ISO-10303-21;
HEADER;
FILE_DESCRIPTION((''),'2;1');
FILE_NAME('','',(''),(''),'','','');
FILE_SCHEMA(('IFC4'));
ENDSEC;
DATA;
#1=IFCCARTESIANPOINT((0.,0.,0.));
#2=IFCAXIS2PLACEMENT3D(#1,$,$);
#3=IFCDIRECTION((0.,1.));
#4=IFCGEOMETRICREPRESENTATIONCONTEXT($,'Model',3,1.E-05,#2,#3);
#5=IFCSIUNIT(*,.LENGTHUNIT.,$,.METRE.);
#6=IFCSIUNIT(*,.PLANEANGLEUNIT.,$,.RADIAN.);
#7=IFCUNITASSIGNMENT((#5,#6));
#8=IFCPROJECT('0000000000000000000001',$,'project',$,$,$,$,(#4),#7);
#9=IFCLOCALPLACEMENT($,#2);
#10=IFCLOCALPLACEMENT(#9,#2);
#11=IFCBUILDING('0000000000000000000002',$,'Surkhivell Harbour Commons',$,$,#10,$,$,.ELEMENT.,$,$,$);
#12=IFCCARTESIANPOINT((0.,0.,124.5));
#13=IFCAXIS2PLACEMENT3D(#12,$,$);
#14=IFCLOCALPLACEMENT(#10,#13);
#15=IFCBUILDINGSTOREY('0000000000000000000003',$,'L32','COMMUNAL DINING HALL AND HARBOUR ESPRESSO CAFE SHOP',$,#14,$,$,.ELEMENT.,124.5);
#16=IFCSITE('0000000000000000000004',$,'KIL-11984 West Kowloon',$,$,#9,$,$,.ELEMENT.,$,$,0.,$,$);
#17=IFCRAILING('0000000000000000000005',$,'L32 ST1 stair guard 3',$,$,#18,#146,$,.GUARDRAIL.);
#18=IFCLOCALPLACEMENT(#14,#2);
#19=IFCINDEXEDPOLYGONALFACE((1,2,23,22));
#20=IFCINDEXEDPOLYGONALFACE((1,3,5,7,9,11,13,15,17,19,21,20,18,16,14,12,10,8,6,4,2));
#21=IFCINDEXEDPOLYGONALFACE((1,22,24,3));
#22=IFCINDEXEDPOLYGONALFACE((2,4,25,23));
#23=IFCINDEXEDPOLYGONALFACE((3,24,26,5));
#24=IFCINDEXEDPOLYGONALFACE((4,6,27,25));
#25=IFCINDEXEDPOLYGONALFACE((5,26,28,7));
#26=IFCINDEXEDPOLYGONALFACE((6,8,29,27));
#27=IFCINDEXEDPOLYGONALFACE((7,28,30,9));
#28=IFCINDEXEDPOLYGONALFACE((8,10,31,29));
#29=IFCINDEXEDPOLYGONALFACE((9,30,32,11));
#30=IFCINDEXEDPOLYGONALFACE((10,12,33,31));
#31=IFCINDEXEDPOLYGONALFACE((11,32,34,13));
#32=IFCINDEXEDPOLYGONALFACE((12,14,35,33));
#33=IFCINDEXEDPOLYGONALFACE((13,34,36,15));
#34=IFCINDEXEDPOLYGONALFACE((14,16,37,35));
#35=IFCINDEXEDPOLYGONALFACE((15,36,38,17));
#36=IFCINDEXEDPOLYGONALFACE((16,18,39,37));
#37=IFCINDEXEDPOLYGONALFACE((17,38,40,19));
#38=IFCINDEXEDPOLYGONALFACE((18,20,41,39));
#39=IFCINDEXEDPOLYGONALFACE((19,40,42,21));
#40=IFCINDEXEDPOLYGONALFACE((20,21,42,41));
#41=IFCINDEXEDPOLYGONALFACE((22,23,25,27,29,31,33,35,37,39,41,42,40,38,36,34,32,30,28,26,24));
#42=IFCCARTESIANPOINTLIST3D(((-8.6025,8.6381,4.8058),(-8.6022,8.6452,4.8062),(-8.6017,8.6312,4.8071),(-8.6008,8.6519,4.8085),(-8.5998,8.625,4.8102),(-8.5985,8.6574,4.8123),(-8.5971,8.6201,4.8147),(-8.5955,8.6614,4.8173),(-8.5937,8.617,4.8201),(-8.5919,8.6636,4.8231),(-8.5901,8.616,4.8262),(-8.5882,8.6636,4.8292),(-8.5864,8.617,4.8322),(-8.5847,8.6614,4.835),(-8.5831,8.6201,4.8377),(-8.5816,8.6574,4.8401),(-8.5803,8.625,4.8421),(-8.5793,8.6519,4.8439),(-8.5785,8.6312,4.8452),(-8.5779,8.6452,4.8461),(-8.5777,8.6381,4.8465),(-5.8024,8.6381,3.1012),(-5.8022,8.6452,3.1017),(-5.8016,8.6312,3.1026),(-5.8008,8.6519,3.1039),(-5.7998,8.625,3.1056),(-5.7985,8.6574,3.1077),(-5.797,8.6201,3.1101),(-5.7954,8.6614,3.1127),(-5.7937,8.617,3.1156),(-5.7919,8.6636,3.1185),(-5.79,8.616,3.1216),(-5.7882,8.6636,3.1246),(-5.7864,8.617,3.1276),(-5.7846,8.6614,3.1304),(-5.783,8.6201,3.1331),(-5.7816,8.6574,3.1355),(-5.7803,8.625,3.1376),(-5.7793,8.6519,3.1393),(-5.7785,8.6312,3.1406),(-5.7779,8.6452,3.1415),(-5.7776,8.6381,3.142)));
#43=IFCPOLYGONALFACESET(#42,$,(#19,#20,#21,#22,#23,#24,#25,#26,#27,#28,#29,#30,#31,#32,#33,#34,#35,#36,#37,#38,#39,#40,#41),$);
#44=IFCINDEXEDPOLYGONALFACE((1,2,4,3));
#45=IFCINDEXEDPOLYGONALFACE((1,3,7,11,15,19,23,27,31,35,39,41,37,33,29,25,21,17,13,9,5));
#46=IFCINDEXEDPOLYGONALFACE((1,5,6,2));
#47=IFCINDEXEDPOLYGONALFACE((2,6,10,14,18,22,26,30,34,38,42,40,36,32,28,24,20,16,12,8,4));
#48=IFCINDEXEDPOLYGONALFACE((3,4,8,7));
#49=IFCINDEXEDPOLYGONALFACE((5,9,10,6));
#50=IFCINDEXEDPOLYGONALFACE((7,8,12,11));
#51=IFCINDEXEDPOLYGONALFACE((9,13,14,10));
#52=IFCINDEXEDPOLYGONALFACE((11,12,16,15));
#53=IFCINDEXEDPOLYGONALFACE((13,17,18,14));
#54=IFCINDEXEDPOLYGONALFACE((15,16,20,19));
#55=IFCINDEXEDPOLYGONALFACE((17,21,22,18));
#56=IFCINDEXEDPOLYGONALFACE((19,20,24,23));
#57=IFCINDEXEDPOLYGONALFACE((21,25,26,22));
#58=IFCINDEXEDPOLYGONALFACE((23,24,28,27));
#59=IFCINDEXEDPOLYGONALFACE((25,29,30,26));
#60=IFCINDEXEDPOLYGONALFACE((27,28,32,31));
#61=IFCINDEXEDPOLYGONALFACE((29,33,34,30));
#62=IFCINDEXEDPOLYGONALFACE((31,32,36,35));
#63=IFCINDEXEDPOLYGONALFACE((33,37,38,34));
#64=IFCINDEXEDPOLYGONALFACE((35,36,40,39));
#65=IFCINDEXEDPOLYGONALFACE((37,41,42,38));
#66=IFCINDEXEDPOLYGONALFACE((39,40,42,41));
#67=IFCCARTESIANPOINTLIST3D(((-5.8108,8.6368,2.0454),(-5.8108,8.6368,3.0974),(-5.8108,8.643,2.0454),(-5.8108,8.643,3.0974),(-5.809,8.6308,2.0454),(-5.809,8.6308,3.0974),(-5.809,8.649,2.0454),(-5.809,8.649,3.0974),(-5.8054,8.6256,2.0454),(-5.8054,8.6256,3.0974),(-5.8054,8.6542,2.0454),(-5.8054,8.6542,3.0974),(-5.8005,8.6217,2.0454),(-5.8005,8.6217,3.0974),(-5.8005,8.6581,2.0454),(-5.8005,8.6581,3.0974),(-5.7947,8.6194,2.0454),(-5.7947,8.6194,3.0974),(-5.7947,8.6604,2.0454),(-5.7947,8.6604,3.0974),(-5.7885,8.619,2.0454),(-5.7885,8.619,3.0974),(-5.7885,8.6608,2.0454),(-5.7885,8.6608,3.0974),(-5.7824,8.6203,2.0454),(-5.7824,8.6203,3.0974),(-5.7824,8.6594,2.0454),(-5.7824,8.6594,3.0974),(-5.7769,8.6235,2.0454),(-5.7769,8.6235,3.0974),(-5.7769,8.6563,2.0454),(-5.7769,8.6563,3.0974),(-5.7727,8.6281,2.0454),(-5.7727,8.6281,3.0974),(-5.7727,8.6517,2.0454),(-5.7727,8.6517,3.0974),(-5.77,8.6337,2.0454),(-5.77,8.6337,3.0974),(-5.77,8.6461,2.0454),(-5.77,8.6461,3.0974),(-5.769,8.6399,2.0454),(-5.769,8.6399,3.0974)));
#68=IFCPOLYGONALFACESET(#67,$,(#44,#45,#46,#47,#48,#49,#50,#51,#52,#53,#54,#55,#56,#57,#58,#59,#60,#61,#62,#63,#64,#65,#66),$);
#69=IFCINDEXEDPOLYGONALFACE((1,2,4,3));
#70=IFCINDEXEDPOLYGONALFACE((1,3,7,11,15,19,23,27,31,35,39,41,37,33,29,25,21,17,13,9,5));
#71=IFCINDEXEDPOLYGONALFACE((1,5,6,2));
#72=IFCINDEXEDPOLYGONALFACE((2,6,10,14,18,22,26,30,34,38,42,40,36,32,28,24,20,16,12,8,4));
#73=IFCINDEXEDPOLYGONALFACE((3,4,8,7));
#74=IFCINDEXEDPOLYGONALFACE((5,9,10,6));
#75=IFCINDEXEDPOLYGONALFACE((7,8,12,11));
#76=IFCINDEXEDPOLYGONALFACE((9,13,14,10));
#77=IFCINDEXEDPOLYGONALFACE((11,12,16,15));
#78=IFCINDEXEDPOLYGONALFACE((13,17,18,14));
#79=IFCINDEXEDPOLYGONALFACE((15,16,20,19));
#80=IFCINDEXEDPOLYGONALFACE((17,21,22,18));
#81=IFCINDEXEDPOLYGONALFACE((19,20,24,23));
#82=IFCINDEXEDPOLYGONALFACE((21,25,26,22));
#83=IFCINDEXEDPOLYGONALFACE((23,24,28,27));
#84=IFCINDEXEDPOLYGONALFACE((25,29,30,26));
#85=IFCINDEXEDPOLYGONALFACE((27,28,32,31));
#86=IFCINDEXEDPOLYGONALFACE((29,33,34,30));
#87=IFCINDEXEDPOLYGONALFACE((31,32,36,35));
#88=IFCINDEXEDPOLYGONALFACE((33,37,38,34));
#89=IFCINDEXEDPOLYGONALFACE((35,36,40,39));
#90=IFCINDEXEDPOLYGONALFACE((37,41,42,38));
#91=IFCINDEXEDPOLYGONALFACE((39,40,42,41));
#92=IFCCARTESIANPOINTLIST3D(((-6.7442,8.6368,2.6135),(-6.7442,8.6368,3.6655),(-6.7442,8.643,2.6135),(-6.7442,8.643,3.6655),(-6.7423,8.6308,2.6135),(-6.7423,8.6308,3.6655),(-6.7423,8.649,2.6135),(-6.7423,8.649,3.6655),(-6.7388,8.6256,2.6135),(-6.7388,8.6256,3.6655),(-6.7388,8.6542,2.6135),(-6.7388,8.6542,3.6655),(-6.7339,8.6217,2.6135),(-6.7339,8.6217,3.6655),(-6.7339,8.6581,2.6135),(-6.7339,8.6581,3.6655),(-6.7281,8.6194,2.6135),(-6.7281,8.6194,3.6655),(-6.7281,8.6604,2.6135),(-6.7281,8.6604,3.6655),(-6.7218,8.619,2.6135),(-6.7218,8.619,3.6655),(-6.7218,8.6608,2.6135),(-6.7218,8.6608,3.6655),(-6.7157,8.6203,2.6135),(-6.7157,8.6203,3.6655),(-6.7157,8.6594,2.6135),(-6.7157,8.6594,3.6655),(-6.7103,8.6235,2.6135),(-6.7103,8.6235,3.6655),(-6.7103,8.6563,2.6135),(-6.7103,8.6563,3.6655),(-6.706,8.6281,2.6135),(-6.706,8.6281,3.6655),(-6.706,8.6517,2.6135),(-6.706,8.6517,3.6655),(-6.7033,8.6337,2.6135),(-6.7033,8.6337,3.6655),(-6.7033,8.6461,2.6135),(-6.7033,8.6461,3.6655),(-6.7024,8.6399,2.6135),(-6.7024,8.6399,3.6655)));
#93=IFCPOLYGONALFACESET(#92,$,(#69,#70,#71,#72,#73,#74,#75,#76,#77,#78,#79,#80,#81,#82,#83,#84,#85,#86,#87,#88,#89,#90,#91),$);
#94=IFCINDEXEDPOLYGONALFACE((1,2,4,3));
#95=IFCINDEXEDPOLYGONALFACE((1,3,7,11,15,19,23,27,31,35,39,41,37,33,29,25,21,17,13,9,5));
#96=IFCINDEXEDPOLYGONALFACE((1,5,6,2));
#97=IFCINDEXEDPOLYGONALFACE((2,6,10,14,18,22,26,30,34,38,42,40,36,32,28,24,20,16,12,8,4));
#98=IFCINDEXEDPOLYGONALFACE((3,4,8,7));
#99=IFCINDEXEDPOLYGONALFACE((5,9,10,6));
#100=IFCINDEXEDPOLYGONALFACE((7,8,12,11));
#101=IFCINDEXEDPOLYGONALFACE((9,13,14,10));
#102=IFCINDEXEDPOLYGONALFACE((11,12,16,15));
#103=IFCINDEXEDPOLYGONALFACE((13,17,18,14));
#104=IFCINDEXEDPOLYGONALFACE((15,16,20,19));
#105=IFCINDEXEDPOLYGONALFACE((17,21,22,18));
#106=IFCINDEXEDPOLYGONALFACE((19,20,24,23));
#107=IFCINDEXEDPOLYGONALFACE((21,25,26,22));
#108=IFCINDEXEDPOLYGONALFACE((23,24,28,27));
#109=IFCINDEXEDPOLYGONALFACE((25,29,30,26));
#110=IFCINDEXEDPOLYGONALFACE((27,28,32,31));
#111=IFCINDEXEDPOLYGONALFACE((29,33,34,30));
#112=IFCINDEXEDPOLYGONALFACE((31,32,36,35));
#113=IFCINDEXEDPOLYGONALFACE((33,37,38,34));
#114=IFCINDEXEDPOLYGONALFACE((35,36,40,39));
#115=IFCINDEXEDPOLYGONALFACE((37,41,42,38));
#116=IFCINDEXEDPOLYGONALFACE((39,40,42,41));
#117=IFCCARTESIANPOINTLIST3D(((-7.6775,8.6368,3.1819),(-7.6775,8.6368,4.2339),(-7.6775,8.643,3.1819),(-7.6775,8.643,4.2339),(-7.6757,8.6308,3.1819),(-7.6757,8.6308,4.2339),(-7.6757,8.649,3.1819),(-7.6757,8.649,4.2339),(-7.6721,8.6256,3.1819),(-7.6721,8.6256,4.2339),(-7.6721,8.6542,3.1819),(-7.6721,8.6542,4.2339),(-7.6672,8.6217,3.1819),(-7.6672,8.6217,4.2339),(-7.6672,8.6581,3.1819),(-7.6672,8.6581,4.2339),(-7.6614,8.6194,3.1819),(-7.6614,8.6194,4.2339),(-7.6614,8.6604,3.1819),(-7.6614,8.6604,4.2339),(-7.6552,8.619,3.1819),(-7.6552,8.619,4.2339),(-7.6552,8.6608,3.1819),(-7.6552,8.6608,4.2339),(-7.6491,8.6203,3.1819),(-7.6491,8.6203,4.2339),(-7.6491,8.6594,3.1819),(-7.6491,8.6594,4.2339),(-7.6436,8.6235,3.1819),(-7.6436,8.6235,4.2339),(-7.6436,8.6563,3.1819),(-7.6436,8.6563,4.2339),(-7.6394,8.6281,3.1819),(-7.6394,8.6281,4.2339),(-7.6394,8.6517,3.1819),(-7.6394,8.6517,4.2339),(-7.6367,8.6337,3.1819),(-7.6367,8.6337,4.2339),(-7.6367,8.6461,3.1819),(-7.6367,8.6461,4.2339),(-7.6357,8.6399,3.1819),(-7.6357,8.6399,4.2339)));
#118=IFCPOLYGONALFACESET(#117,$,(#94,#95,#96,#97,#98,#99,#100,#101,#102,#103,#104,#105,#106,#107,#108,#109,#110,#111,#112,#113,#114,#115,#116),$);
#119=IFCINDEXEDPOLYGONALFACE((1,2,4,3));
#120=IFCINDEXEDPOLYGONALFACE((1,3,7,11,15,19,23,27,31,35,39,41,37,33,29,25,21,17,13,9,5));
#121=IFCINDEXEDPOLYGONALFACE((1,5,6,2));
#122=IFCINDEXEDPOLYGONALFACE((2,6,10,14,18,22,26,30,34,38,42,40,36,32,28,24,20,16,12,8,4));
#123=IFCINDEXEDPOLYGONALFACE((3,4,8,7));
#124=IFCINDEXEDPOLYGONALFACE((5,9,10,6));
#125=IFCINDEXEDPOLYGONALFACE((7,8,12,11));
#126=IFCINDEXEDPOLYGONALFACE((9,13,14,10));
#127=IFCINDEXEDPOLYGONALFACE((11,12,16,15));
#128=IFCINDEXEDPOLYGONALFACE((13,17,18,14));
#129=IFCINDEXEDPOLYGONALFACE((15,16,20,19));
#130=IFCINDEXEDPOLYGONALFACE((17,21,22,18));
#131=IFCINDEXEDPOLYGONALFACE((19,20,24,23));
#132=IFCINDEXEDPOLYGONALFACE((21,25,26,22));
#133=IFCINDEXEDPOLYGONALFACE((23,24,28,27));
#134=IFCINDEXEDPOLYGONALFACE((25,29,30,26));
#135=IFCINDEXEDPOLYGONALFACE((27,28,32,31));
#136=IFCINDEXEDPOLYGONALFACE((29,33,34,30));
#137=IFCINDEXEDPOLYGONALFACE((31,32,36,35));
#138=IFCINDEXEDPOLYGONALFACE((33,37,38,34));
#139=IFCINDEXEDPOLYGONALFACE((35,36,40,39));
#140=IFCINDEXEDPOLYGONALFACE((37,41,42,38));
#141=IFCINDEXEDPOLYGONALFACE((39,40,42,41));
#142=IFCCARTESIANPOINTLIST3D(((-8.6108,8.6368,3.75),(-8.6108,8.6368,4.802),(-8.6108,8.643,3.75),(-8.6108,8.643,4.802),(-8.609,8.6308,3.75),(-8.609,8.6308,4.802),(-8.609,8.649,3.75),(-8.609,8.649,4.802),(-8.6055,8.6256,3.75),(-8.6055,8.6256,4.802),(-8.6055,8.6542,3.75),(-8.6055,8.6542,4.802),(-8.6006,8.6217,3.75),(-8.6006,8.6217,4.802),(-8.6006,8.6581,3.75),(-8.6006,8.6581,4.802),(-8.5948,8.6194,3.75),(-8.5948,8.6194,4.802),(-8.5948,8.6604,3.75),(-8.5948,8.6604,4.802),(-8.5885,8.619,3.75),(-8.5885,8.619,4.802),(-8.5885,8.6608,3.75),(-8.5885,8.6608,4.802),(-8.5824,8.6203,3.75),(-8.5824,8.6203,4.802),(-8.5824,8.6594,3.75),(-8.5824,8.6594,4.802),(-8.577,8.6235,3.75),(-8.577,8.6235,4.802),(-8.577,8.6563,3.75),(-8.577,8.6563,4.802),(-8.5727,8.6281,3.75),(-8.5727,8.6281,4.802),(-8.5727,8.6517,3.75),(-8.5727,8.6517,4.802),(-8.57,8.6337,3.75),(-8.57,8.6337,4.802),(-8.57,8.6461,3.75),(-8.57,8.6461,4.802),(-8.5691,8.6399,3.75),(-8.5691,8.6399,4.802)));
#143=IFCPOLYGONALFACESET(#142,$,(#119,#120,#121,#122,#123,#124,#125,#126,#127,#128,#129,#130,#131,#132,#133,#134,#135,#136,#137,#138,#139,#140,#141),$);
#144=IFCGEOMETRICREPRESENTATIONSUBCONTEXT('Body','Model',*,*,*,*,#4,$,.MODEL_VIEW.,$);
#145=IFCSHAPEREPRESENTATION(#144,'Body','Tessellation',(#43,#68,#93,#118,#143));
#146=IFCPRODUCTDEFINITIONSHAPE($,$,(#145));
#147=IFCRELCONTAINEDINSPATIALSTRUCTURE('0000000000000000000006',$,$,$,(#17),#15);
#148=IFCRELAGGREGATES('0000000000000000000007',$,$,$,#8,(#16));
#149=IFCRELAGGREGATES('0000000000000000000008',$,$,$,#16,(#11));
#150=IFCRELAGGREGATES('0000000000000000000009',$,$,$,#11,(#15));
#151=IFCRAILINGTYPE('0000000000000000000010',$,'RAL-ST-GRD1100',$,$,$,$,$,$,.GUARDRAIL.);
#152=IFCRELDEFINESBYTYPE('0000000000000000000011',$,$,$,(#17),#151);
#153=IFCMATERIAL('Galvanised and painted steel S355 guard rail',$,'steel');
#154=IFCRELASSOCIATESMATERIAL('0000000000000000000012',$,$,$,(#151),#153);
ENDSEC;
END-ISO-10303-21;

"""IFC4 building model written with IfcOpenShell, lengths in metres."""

from ifc_helpers import new_model, si_unit, direction, frame, origin, origin_2d, place, context, subcontext, project, spatial, circle, extrude, material, type_object, element, save


model = new_model("IFC4")

# Units and contexts
model_context = context("Model", 3, precision=1e-05, world=origin(), true_north=direction((0.0, 1.0)))
body_context = subcontext(model_context, "Body", "Model", "MODEL_VIEW")
ifc_project = project(units=[si_unit("LENGTHUNIT", "METRE"), si_unit("PLANEANGLEUNIT", "RADIAN")], contexts=[model_context])

# Site, building, storey
site_placement = place(None, origin())
site = spatial("IfcSite", under=ifc_project, at=site_placement, Name="KIL-11984 West Kowloon", CompositionType="ELEMENT", RefElevation=0.0)
building_placement = place(site_placement, origin())
building = spatial("IfcBuilding", under=site, at=building_placement, Name="Surkhivell Harbour Commons", CompositionType="ELEMENT")
storey_placement = place(building_placement, frame((0.0, 0.0, 124.5)))
storey = spatial("IfcBuildingStorey", under=building, at=storey_placement, Name="L32", Description="COMMUNAL DINING HALL AND HARBOUR ESPRESSO CAFE SHOP", CompositionType="ELEMENT", Elevation=124.5)

# Railing
ifc_material_1 = material(Name="Galvanised and painted steel S355 guard rail", Category="steel")
railing_type_1 = type_object("IfcRailingType", Name="RAL-ST-GRD1100", PredefinedType="GUARDRAIL", material=ifc_material_1)
railing_1_placement = place(storey_placement, frame((-5.79, 8.6399, 2.0454)))
element("IfcRailing", 1, at=railing_1_placement, inside=storey, type_object=railing_type_1, Name="L32 ST1 stair guard 3", PredefinedType="GUARDRAIL", context=body_context, shape_type="SweptSolid", body=[
    extrude(circle(Radius=0.0239, at=origin_2d()), frame((0.0, 0.0, 1.0762), z_axis=(-0.85417, 0.0, 0.519994), x_axis=(0.0, -1.0, 0.0)), (0.0, 0.0, 1.0), 3.2781),
    extrude(circle(Radius=0.021, at=origin_2d()), origin(), (0.0, 0.0, 1.0), 1.052),
    extrude(circle(Radius=0.021, at=origin_2d()), frame((-0.9333, 0.0, 0.5681)), (0.0, 0.0, 1.0), 1.052),
    extrude(circle(Radius=0.021, at=origin_2d()), frame((-1.8667, 0.0, 1.1365)), (0.0, 0.0, 1.0), 1.052),
    extrude(circle(Radius=0.021, at=origin_2d()), frame((-2.8, 0.0, 1.7046)), (0.0, 0.0, 1.0), 1.052),
])

save(model, "model.ifc")
